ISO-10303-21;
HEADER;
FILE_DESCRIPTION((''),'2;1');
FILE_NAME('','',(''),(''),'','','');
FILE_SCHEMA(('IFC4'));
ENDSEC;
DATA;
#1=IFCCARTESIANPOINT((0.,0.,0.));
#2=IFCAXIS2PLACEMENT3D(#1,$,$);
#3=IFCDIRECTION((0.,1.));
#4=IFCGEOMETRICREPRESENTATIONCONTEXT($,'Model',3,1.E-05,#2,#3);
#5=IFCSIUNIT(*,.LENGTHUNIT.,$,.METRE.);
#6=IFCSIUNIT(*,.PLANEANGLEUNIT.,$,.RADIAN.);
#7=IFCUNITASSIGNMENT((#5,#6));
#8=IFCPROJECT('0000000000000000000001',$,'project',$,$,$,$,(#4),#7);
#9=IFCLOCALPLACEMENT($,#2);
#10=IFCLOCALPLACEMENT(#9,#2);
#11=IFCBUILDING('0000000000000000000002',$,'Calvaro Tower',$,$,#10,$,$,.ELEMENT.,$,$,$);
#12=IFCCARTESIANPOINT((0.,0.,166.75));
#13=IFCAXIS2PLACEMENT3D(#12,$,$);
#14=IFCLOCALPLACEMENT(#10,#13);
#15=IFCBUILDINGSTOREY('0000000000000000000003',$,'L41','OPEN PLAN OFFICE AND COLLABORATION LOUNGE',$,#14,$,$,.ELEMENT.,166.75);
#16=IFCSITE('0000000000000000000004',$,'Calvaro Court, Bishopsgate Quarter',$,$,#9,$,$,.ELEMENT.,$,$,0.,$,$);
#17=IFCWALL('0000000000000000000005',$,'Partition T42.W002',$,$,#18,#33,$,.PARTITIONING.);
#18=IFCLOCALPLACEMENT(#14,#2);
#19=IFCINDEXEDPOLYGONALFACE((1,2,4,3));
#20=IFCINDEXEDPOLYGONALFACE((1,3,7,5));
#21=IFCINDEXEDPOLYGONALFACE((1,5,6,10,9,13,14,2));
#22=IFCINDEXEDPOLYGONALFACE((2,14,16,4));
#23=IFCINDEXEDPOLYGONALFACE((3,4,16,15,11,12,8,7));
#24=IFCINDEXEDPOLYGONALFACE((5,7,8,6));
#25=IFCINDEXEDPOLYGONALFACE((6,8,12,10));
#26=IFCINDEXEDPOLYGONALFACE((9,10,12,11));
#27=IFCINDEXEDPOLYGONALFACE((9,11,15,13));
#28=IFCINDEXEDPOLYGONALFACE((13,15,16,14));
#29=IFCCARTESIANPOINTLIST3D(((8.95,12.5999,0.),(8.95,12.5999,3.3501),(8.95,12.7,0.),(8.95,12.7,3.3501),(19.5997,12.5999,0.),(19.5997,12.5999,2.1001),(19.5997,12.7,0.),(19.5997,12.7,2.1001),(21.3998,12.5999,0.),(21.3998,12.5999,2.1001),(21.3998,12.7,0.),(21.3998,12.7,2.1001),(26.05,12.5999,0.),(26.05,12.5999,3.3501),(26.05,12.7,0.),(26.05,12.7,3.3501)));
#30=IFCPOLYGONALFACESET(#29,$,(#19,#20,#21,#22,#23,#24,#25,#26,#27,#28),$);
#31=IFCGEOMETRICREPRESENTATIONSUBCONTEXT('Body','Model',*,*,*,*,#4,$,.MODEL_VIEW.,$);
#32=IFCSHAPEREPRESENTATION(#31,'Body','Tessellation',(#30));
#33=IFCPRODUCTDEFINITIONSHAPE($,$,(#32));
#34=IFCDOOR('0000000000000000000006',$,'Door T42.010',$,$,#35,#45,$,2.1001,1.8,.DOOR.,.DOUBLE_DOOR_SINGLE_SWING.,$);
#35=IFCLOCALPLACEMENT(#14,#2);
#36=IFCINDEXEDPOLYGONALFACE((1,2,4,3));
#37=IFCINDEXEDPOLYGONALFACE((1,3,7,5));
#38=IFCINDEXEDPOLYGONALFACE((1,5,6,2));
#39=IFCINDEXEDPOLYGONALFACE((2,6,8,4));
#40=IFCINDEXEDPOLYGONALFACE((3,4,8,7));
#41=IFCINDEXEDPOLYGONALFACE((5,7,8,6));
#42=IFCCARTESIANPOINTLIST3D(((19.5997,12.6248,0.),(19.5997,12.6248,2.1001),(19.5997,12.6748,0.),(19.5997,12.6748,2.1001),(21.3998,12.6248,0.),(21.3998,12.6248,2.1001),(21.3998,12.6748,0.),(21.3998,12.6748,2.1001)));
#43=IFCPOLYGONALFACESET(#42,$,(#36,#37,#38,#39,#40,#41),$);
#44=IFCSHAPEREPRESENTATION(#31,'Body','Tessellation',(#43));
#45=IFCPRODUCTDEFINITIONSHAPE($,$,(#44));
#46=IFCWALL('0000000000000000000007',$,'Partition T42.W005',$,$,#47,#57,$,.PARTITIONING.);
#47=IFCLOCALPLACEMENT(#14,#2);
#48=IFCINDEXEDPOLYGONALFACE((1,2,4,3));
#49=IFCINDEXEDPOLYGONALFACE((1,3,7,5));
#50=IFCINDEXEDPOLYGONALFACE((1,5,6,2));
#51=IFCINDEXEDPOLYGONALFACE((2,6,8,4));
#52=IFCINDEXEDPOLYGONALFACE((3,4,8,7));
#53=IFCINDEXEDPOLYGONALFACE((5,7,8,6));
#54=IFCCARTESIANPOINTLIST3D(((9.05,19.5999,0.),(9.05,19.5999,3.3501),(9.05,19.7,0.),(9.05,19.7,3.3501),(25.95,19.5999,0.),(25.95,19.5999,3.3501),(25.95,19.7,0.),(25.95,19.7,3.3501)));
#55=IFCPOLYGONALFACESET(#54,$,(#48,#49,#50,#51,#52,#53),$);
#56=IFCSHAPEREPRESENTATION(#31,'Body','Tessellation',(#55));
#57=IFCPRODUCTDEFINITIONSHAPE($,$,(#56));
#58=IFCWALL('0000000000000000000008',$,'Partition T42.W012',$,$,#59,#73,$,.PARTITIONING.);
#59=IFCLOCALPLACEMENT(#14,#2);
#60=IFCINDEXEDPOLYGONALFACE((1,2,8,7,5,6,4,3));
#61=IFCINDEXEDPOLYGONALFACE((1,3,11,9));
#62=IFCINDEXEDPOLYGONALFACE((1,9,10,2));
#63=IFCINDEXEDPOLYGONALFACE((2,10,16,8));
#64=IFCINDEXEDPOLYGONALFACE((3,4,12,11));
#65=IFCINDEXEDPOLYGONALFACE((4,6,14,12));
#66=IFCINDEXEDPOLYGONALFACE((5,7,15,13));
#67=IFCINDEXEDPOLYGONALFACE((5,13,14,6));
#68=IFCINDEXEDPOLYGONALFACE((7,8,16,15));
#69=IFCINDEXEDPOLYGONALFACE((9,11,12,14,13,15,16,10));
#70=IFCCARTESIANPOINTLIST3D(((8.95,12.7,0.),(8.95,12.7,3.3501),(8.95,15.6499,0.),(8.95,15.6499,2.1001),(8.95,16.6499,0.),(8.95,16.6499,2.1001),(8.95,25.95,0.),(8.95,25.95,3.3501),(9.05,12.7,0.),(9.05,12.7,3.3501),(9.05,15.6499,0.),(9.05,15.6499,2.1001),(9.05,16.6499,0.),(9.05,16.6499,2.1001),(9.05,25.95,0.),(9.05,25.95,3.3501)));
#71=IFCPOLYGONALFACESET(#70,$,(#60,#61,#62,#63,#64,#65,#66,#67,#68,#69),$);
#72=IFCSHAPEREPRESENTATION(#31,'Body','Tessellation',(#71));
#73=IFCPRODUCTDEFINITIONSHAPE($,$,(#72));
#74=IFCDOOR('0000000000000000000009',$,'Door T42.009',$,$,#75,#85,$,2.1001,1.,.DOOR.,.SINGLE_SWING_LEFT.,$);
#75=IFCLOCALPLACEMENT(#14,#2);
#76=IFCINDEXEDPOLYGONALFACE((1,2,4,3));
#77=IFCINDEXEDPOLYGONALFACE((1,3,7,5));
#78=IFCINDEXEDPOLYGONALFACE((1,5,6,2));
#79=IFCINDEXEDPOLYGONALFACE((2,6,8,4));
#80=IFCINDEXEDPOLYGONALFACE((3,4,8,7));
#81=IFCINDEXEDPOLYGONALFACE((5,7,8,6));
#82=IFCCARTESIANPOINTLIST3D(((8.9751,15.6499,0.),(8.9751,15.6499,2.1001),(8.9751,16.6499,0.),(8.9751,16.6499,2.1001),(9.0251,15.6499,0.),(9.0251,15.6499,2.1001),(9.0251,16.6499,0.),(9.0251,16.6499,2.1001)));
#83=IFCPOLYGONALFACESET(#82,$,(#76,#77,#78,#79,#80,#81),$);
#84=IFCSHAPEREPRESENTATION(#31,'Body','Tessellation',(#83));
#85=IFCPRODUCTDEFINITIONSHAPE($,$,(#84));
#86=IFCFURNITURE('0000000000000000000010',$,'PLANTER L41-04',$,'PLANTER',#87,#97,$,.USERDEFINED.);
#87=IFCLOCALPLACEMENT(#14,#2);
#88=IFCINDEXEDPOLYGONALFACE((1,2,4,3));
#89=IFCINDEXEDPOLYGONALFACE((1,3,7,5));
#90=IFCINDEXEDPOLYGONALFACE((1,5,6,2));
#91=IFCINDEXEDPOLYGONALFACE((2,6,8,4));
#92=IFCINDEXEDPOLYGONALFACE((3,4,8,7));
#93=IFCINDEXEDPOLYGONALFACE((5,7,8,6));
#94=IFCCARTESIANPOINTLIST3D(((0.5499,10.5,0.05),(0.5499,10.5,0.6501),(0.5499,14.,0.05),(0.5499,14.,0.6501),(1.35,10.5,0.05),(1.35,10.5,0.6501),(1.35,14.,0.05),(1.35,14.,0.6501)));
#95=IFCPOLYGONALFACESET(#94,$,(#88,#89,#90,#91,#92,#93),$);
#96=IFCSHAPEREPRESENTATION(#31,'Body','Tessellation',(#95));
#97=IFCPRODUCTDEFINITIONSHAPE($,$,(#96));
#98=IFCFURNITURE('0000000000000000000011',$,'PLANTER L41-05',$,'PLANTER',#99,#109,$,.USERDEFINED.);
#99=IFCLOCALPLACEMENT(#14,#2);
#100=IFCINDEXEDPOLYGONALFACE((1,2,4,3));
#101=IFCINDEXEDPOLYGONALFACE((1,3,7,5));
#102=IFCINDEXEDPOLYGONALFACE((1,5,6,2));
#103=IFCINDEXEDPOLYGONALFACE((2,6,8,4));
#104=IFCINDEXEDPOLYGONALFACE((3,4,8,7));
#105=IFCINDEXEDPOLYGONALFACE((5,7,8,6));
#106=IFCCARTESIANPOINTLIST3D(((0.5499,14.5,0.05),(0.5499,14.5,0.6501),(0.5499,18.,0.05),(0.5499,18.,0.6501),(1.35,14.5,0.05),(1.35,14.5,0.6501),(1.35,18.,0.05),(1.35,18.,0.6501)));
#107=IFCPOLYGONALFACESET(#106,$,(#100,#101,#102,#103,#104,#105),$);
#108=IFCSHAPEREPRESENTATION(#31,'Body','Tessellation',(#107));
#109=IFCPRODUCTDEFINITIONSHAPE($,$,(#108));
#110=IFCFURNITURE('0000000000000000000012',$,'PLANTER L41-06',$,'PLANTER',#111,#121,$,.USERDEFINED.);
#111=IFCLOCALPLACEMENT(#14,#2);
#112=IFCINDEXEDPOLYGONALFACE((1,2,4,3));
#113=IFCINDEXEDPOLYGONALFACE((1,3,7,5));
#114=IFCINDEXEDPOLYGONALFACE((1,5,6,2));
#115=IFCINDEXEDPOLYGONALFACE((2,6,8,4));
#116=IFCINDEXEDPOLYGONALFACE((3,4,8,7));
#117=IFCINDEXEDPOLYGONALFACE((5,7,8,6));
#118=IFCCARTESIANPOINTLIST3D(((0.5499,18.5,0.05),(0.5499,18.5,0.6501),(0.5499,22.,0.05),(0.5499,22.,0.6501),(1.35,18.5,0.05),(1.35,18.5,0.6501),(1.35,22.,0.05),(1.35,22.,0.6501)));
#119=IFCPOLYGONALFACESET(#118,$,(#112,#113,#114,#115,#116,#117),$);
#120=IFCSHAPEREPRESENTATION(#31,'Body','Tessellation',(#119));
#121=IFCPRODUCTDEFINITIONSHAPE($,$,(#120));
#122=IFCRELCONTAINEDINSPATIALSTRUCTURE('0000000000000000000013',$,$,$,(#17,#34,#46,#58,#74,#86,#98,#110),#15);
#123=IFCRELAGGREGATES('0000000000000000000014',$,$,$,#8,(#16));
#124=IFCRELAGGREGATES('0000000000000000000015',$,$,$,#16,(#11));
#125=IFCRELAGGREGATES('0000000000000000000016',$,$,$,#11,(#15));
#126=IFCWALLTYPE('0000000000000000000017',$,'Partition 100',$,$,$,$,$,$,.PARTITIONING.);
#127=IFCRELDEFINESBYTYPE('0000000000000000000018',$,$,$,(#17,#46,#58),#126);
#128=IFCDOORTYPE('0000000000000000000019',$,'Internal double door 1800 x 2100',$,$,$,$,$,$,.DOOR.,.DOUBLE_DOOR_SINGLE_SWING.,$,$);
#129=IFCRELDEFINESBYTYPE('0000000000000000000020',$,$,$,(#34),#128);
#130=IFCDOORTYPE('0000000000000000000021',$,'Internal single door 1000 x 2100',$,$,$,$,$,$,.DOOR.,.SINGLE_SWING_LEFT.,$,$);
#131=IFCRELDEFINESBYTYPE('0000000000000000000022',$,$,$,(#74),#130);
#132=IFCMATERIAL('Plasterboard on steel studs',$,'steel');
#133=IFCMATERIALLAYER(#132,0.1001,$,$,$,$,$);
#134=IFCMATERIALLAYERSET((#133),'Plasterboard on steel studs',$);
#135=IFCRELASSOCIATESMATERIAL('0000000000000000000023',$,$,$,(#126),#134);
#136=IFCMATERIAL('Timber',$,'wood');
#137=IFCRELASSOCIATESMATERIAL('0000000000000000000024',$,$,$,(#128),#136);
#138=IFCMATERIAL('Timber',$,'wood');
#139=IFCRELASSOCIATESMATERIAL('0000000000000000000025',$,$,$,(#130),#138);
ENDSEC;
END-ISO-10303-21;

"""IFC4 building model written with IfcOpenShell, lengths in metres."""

from ifc_helpers import new_model, si_unit, direction, frame, frame_2d, origin, origin_2d, place, context, subcontext, project, spatial, rectangle, extrude, material, layer, layer_set, type_object, element, fill, save


model = new_model("IFC4")

# Units and contexts
model_context = context("Model", 3, precision=1e-05, world=origin(), true_north=direction((0.0, 1.0)))
body_context = subcontext(model_context, "Body", "Model", "MODEL_VIEW")
ifc_project = project(units=[si_unit("LENGTHUNIT", "METRE"), si_unit("PLANEANGLEUNIT", "RADIAN")], contexts=[model_context])

# Site, building, storey
site_placement = place(None, origin())
site = spatial("IfcSite", under=ifc_project, at=site_placement, Name="Calvaro Court, Bishopsgate Quarter", CompositionType="ELEMENT", RefElevation=0.0)
building_placement = place(site_placement, origin())
building = spatial("IfcBuilding", under=site, at=building_placement, Name="Calvaro Tower", CompositionType="ELEMENT")
storey_placement = place(building_placement, frame((0.0, 0.0, 166.75)))
storey = spatial("IfcBuildingStorey", under=building, at=storey_placement, Name="L41", Description="OPEN PLAN OFFICE AND COLLABORATION LOUNGE", CompositionType="ELEMENT", Elevation=166.75)

# Wall, opening, door
ifc_material_1 = material(Name="Plasterboard on steel studs", Category="steel")
ifc_layer = layer(ifc_material_1, 0.1001)
ifc_layer_set = layer_set([ifc_layer], Name="Plasterboard on steel studs")
wall_type = type_object("IfcWallType", Name="Partition 100", PredefinedType="PARTITIONING", material=ifc_layer_set)
wall_1_placement = place(storey_placement, frame((8.95, 12.6499, 0.0), z_axis=(0.0, 0.0, 1.0), x_axis=(1.0, 0.0, 0.0)))
wall_1 = element("IfcWall", 1, at=wall_1_placement, inside=storey, type_object=wall_type, Name="Partition T42.W002", PredefinedType="PARTITIONING", context=body_context, shape_type="SweptSolid", body=[
    extrude(rectangle(XDim=17.1001, YDim=0.1001, at=frame_2d((8.55, 0.0))), origin(), (0.0, 0.0, 1.0), 3.3501),
])
opening_1_placement = place(wall_1_placement, frame((10.6499, 0.0, 0.0)))
opening_1 = element("IfcOpeningElement", 2, at=opening_1_placement, cuts=wall_1, PredefinedType="OPENING", context=body_context, shape_type="SweptSolid", body=[
    extrude(rectangle(XDim=1.8, YDim=2.1001, at=frame_2d((0.8999, 1.05))), frame((0.0, 0.0601, 0.0), z_axis=(0.0, -1.0, 0.0), x_axis=(1.0, 0.0, 0.0)), (0.0, 0.0, 1.0), 0.1201),
])
ifc_material_2 = material(Name="Timber", Category="wood")
door_type_1 = type_object("IfcDoorType", Name="Internal double door 1800 x 2100", OperationType="DOUBLE_DOOR_SINGLE_SWING", PredefinedType="DOOR", material=ifc_material_2)
door_1_placement = place(opening_1_placement, origin())
door_1 = element("IfcDoor", 3, at=door_1_placement, inside=storey, type_object=door_type_1, Name="Door T42.010", OperationType="DOUBLE_DOOR_SINGLE_SWING", OverallHeight=2.1001, OverallWidth=1.8, PredefinedType="DOOR", context=body_context, shape_type="SweptSolid", body=[
    extrude(rectangle(XDim=1.8, YDim=2.1001, at=frame_2d((0.8999, 1.05))), frame((0.0, 0.0249, 0.0), z_axis=(0.0, -1.0, 0.0), x_axis=(1.0, 0.0, 0.0)), (0.0, 0.0, 1.0), 0.05),
])
fill(opening_1, door_1)

# Wall
wall_2_placement = place(storey_placement, frame((9.05, 19.6499, 0.0), z_axis=(0.0, 0.0, 1.0), x_axis=(1.0, 0.0, 0.0)))
element("IfcWall", 4, at=wall_2_placement, inside=storey, type_object=wall_type, Name="Partition T42.W005", PredefinedType="PARTITIONING", context=body_context, shape_type="SweptSolid", body=[
    extrude(rectangle(XDim=16.8999, YDim=0.1001, at=frame_2d((8.45, 0.0))), origin(), (0.0, 0.0, 1.0), 3.3501),
])

# Wall, opening, door
wall_3_placement = place(storey_placement, frame((9.0, 12.7, 0.0), z_axis=(0.0, 0.0, 1.0), x_axis=(0.0, 1.0, 0.0)))
wall_3 = element("IfcWall", 5, at=wall_3_placement, inside=storey, type_object=wall_type, Name="Partition T42.W012", PredefinedType="PARTITIONING", context=body_context, shape_type="SweptSolid", body=[
    extrude(rectangle(XDim=13.25, YDim=0.1001, at=frame_2d((6.625, 0.0))), origin(), (0.0, 0.0, 1.0), 3.3501),
])
opening_2_placement = place(wall_3_placement, frame((2.95, 0.0, 0.0)))
opening_2 = element("IfcOpeningElement", 6, at=opening_2_placement, cuts=wall_3, PredefinedType="OPENING", context=body_context, shape_type="SweptSolid", body=[
    extrude(rectangle(XDim=1.0, YDim=2.1001, at=frame_2d((0.5, 1.05))), frame((0.0, 0.0601, 0.0), z_axis=(0.0, -1.0, 0.0), x_axis=(1.0, 0.0, 0.0)), (0.0, 0.0, 1.0), 0.1201),
])
ifc_material_3 = material(Name="Timber", Category="wood")
door_type_2 = type_object("IfcDoorType", Name="Internal single door 1000 x 2100", OperationType="SINGLE_SWING_LEFT", PredefinedType="DOOR", material=ifc_material_3)
door_2_placement = place(opening_2_placement, origin())
door_2 = element("IfcDoor", 7, at=door_2_placement, inside=storey, type_object=door_type_2, Name="Door T42.009", OperationType="SINGLE_SWING_LEFT", OverallHeight=2.1001, OverallWidth=1.0, PredefinedType="DOOR", context=body_context, shape_type="SweptSolid", body=[
    extrude(rectangle(XDim=1.0, YDim=2.1001, at=frame_2d((0.5, 1.05))), frame((0.0, 0.0249, 0.0), z_axis=(0.0, -1.0, 0.0), x_axis=(1.0, 0.0, 0.0)), (0.0, 0.0, 1.0), 0.05),
])
fill(opening_2, door_2)

# Furniture
for number, where, z_axis, x_axis, name in (
    (8, (0.95, 12.25, 0.05), (0.0, 0.0, 1.0), (1.0, 0.0, 0.0), "PLANTER L41-04"),
    (9, (0.95, 16.25, 0.05), (0.0, 0.0, 1.0), (1.0, 0.0, 0.0), "PLANTER L41-05"),
    (10, (0.95, 20.25, 0.05), (0.0, 0.0, 1.0), (1.0, 0.0, 0.0), "PLANTER L41-06"),
):
    element("IfcFurniture", number, at=place(storey_placement, frame(where, z_axis=z_axis, x_axis=x_axis)), inside=storey, Name=name, ObjectType="PLANTER", PredefinedType="USERDEFINED", context=body_context, shape_type="SweptSolid", body=[
        extrude(rectangle(XDim=0.8, YDim=3.5, at=origin_2d()), origin(), (0.0, 0.0, 1.0), 0.6001),
    ])

save(model, "model.ifc")
